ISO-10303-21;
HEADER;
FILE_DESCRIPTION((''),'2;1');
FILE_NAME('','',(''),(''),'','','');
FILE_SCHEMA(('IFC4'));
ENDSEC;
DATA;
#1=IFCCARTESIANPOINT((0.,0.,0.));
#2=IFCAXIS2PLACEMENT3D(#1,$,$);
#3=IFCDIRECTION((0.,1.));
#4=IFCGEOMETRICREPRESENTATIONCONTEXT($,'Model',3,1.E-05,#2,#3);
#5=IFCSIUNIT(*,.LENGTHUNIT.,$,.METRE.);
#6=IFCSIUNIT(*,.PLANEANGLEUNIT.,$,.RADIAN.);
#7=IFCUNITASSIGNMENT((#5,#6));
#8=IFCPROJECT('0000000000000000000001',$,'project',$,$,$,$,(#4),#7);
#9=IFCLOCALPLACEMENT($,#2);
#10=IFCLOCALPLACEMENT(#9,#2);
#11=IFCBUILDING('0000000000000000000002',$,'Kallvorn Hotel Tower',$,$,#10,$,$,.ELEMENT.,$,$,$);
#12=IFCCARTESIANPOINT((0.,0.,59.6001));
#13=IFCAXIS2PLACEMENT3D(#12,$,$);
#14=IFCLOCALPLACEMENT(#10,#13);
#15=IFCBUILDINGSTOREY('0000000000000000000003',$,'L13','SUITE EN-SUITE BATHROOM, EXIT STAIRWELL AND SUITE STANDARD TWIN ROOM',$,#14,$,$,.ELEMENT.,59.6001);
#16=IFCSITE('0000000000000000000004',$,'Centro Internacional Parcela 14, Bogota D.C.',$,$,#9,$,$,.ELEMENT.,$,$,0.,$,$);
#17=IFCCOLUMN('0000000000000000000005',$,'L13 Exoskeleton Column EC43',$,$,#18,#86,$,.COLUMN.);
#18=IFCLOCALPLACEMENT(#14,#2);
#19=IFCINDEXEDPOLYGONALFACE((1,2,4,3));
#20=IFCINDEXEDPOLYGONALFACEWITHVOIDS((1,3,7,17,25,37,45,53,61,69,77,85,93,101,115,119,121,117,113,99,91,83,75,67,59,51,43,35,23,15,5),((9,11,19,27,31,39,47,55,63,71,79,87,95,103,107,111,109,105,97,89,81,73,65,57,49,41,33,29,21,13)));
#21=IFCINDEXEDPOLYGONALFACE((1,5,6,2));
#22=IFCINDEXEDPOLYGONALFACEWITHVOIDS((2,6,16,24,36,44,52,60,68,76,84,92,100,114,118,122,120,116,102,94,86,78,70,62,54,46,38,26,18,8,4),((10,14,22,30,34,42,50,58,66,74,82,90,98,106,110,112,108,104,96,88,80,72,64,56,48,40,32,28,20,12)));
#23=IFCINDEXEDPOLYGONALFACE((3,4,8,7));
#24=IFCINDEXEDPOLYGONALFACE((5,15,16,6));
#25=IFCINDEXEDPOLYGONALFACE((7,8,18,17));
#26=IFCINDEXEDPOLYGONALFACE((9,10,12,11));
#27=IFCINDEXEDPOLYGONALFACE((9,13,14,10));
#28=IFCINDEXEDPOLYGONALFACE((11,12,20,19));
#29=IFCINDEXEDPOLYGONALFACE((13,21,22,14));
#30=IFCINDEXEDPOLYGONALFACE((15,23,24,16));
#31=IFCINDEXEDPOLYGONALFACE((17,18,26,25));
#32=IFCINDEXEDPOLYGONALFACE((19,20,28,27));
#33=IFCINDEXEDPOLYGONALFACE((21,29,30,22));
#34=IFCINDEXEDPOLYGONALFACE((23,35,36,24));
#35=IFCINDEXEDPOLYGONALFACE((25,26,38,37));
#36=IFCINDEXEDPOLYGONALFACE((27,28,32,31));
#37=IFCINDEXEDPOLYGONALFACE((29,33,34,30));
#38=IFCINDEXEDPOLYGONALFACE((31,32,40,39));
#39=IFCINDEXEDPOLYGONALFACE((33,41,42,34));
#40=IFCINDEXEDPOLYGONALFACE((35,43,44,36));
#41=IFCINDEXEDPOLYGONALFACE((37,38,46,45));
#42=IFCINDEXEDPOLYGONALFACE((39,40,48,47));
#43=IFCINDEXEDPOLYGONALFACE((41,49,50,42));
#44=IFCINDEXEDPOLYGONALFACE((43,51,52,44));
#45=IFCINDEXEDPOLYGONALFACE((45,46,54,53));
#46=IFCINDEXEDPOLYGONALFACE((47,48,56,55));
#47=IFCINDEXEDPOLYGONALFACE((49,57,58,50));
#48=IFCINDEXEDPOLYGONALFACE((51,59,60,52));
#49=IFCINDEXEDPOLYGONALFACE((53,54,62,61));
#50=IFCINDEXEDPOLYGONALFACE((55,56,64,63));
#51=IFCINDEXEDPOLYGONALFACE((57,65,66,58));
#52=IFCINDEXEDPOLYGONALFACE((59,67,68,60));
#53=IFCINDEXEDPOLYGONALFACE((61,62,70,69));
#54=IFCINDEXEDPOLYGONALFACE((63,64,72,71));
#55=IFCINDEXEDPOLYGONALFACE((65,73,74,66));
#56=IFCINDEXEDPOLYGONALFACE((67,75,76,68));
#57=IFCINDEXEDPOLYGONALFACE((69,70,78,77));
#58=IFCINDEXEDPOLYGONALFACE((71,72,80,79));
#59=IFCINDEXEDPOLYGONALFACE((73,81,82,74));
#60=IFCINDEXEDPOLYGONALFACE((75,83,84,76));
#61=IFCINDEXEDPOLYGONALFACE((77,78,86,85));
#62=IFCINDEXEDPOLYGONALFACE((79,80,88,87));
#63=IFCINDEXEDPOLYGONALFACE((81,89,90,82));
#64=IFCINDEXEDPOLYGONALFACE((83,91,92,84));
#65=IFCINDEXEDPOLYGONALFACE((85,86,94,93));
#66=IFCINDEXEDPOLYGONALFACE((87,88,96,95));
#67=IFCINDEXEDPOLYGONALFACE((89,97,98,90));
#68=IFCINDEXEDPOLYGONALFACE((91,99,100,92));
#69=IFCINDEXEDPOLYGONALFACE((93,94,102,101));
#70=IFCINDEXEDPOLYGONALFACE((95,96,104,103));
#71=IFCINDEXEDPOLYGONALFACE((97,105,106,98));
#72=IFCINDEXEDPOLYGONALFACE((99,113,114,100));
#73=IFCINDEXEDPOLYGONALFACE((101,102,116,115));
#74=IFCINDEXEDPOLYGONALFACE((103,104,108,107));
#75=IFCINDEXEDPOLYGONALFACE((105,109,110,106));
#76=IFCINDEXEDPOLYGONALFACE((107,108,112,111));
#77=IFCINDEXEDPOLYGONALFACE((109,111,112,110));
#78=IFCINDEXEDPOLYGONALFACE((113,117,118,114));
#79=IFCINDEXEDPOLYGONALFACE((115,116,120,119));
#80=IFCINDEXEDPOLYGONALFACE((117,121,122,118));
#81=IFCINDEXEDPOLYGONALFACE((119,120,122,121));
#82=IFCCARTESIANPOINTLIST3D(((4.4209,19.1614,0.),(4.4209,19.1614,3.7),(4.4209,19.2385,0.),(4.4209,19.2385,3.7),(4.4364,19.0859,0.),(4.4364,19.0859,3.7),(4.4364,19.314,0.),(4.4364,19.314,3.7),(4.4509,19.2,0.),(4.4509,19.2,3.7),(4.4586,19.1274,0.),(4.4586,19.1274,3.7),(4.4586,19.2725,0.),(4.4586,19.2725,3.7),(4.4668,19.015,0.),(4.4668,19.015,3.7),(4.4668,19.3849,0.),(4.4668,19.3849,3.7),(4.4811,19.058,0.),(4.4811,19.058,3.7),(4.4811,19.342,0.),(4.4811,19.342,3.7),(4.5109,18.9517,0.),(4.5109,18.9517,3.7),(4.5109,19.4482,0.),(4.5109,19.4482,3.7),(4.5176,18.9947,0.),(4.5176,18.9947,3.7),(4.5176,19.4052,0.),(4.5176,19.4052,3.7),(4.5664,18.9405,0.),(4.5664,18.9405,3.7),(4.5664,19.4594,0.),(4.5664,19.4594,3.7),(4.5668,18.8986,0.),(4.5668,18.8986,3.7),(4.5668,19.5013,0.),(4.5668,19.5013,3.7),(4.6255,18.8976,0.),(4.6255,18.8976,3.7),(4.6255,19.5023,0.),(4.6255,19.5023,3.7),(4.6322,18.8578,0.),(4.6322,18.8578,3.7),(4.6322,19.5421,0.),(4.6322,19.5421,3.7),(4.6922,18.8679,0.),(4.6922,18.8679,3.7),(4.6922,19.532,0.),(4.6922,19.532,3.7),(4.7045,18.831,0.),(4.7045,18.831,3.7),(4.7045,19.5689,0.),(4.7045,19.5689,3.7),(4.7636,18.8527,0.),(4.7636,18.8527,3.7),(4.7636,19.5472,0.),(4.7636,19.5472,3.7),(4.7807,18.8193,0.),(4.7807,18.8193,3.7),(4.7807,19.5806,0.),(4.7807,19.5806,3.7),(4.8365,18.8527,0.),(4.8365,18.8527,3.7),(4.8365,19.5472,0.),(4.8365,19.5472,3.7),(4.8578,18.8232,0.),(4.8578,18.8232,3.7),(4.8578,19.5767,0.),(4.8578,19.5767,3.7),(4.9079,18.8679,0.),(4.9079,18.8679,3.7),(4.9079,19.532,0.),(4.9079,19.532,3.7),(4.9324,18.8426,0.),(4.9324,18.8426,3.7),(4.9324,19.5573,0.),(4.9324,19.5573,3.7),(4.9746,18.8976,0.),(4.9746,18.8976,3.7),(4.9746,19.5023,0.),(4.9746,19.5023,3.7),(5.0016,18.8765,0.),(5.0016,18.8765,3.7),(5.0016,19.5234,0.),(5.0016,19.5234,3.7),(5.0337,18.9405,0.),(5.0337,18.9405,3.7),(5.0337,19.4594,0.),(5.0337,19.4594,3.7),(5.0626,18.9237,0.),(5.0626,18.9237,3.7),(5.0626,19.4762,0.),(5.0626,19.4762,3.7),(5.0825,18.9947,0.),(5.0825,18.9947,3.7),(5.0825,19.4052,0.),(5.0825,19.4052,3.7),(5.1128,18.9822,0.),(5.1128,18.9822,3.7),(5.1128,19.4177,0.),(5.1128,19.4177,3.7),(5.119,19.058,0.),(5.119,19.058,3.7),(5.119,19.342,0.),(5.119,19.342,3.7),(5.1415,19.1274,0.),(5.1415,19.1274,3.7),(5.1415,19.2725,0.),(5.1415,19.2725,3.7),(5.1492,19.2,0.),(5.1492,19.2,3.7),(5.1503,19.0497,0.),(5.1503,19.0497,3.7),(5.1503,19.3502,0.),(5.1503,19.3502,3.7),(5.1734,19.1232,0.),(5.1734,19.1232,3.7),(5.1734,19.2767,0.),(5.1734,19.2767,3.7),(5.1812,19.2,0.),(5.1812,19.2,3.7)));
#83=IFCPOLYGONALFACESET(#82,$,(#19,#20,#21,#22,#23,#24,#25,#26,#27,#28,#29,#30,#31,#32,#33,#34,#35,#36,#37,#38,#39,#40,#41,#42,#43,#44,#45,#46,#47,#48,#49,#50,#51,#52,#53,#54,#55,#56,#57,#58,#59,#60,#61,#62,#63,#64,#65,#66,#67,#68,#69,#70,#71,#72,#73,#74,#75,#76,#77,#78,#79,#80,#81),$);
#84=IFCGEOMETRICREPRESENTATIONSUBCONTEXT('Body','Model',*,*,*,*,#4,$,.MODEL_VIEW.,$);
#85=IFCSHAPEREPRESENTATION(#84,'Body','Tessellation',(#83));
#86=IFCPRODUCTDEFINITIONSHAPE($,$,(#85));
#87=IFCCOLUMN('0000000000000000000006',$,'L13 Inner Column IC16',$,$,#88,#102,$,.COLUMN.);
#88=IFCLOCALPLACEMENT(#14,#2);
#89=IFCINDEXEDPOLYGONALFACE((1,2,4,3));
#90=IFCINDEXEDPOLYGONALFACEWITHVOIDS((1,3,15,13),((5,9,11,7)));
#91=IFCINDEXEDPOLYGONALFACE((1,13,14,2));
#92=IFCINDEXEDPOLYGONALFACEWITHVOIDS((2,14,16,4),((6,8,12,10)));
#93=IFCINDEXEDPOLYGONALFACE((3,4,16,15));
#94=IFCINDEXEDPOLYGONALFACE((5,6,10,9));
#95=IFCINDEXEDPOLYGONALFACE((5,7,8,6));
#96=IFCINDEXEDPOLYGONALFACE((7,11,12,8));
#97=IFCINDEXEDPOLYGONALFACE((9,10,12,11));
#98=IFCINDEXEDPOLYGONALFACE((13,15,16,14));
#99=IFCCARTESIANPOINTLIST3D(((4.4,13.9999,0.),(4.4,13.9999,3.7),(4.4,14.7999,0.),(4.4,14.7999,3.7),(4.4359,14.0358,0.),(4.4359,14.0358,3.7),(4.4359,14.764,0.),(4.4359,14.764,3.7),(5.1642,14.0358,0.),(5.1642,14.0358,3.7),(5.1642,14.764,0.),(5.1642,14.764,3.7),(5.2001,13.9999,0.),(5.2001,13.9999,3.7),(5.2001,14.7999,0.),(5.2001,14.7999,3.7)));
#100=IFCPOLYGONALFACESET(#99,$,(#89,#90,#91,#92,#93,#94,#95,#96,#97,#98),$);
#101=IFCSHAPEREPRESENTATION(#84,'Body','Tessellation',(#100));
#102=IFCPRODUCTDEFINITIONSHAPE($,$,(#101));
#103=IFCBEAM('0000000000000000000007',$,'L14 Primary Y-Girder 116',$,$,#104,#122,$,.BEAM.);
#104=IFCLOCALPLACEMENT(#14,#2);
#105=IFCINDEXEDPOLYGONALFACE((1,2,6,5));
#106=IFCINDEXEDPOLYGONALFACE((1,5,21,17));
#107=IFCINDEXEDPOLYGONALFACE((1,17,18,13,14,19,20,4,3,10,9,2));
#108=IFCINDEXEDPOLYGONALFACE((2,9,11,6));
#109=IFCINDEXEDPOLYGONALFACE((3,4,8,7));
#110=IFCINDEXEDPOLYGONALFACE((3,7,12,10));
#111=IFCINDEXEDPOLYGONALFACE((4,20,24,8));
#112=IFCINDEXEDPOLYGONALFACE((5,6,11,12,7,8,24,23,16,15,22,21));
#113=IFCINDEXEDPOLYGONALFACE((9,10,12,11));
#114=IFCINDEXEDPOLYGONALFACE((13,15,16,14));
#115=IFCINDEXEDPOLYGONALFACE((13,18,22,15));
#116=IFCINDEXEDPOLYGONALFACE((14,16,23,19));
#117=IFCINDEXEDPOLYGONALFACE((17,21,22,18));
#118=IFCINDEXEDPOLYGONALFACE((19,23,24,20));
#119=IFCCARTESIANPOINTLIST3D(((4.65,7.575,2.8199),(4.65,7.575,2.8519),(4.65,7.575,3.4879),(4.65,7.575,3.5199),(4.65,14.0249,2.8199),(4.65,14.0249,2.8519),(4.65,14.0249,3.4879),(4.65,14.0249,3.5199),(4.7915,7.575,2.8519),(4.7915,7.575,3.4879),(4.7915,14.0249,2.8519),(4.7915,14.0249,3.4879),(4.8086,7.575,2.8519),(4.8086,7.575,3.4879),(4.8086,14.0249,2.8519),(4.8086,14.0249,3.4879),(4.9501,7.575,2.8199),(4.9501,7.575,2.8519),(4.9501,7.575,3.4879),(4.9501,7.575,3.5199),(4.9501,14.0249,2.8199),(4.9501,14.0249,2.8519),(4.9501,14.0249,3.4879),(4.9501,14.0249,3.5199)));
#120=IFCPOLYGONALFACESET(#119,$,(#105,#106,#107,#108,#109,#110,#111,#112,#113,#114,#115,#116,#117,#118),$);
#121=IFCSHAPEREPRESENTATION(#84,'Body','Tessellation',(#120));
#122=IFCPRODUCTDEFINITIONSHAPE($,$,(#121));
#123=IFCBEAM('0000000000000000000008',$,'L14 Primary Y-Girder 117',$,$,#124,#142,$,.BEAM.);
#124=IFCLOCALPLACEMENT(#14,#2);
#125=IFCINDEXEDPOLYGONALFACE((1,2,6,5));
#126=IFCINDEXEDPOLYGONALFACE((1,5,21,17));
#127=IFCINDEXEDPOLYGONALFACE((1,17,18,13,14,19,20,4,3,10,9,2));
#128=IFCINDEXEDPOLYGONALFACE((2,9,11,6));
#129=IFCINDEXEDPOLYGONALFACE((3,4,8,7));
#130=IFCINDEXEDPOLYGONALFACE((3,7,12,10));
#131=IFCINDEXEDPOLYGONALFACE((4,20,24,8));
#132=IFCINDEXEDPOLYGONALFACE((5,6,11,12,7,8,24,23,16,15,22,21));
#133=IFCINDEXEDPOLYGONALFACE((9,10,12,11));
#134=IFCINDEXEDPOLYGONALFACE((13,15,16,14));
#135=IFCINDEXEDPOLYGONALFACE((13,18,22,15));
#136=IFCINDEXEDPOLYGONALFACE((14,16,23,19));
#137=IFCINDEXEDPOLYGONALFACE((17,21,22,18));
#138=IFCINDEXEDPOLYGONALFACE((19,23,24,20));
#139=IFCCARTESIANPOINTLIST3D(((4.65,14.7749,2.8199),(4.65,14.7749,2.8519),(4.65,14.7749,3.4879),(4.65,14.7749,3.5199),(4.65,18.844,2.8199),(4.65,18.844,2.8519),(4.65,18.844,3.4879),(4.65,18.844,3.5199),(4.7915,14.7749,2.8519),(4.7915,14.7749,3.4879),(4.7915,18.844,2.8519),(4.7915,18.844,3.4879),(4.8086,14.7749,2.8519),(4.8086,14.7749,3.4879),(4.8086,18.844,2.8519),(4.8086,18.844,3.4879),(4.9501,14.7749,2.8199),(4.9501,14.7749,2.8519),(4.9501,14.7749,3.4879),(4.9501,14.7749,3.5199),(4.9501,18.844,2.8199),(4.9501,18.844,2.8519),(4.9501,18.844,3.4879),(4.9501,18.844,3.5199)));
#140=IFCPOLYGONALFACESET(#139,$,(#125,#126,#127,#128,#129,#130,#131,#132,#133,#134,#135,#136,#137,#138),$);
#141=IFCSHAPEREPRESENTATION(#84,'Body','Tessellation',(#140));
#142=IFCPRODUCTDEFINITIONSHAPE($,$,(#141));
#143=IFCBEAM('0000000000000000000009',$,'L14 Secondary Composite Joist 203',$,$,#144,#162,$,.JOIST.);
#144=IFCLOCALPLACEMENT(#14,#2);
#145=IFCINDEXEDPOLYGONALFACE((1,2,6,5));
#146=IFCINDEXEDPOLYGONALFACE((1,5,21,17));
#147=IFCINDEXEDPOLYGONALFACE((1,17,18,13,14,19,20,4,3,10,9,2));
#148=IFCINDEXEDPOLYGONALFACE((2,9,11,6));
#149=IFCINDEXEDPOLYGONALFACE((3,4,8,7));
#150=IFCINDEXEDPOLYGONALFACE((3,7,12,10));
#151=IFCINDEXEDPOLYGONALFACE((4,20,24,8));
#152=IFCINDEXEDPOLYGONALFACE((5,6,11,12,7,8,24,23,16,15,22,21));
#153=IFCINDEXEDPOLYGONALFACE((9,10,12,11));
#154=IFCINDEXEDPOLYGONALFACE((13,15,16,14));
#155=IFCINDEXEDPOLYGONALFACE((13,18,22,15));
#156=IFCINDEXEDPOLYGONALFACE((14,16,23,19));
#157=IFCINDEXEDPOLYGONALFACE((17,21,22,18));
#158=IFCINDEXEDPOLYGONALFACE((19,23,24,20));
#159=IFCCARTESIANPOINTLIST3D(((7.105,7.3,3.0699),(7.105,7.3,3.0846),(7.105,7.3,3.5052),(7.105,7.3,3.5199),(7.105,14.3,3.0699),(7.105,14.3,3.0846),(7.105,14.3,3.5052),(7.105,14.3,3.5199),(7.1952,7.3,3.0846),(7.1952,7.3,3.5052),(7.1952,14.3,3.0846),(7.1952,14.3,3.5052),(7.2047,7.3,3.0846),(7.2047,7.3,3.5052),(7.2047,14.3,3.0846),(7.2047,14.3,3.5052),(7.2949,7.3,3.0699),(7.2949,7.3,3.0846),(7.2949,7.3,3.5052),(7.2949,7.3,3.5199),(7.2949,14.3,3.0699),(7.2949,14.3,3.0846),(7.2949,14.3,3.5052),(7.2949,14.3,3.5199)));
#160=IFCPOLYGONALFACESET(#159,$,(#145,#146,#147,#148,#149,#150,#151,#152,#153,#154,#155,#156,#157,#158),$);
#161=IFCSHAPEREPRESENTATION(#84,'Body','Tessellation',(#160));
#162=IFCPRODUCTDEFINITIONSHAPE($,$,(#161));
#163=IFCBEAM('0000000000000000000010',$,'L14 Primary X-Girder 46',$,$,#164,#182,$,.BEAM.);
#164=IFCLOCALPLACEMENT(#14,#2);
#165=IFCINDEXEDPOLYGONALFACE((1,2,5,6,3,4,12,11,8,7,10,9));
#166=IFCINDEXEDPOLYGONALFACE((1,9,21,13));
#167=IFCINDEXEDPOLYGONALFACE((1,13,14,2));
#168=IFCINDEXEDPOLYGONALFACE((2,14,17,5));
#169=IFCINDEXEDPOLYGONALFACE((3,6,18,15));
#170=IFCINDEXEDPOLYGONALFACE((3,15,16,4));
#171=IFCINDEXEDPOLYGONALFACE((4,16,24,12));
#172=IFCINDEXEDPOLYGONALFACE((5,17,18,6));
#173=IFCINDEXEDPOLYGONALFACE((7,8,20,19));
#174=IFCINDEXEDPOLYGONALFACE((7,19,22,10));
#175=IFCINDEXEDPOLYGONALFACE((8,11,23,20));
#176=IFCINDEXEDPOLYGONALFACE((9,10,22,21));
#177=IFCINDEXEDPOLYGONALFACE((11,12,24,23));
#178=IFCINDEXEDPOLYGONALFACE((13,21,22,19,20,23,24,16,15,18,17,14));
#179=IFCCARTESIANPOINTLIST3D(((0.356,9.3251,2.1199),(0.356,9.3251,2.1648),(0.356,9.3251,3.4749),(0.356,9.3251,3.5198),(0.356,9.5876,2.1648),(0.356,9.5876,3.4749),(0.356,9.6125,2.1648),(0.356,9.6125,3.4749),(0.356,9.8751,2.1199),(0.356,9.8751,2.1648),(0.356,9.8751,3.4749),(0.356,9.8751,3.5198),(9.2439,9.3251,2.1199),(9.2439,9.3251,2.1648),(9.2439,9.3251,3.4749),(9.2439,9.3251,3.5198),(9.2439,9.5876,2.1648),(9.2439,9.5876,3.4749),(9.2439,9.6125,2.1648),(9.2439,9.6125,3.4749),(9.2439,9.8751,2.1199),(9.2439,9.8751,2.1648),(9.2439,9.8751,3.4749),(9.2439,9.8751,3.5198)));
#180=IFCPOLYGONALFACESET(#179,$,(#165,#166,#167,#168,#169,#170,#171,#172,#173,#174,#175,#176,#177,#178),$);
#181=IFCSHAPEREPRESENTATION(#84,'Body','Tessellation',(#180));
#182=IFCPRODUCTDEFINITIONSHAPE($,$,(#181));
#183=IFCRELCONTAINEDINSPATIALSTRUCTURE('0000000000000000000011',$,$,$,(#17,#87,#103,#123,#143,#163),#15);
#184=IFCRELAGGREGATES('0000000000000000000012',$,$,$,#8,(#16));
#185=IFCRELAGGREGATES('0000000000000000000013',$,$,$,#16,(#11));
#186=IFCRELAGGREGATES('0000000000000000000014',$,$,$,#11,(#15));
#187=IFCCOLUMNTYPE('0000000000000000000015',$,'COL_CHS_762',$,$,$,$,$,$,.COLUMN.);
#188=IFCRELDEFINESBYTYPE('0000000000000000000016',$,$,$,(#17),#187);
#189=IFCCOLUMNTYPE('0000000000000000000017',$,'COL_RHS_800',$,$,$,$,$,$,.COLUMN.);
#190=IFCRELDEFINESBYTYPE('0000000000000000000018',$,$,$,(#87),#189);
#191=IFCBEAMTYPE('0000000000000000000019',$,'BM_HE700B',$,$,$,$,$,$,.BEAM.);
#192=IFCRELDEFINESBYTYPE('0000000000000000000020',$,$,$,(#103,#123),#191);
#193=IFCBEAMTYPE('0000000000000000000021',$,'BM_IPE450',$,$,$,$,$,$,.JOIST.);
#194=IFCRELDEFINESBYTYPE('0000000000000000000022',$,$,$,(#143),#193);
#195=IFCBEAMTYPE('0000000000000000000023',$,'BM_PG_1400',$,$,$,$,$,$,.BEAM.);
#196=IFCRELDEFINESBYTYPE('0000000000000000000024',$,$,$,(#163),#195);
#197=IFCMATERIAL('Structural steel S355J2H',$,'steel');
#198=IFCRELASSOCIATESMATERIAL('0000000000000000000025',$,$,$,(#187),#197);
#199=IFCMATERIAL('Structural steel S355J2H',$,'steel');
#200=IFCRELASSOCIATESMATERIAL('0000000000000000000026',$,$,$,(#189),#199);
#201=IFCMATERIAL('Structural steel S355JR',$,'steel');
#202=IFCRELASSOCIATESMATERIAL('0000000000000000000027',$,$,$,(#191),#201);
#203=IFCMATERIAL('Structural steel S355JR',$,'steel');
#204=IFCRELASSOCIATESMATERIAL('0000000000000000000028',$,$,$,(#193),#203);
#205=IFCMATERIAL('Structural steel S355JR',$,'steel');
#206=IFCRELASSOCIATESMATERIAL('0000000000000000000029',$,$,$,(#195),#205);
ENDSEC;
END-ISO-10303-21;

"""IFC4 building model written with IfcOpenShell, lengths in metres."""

from ifc_helpers import new_model, si_unit, direction, frame, origin, origin_2d, place, context, subcontext, project, spatial, hollow_rectangle, hollow_circle, i_section, extrude, material, material_profile, profile_set, type_object, element, save


model = new_model("IFC4")

# Units and contexts
model_context = context("Model", 3, precision=1e-05, world=origin(), true_north=direction((0.0, 1.0)))
body_context = subcontext(model_context, "Body", "Model", "MODEL_VIEW")
ifc_project = project(units=[si_unit("LENGTHUNIT", "METRE"), si_unit("PLANEANGLEUNIT", "RADIAN")], contexts=[model_context])

# Site, building, storey
site_placement = place(None, origin())
site = spatial("IfcSite", under=ifc_project, at=site_placement, Name="Centro Internacional Parcela 14, Bogota D.C.", CompositionType="ELEMENT", RefElevation=0.0)
building_placement = place(site_placement, origin())
building = spatial("IfcBuilding", under=site, at=building_placement, Name="Kallvorn Hotel Tower", CompositionType="ELEMENT")
storey_placement = place(building_placement, frame((0.0, 0.0, 59.6001)))
storey = spatial("IfcBuildingStorey", under=building, at=storey_placement, Name="L13", Description="SUITE EN-SUITE BATHROOM, EXIT STAIRWELL AND SUITE STANDARD TWIN ROOM", CompositionType="ELEMENT", Elevation=59.6001)

# Columns
ifc_material_1 = material(Name="Structural steel S355J2H", Category="steel")
ifc_material_profile_1 = material_profile(ifc_material_1, hollow_circle(Radius=0.3811, WallThickness=0.032, at=origin_2d()), Name="CHS 762x32")
ifc_profile_set_1 = profile_set([ifc_material_profile_1], Name="Structural steel S355J2H")
column_type_1 = type_object("IfcColumnType", Name="COL_CHS_762", PredefinedType="COLUMN", material=ifc_profile_set_1)
column_1_placement = place(storey_placement, frame((4.8, 19.2, 0.0), z_axis=(0.0, 0.0, 1.0), x_axis=(1.0, 0.0, 0.0)))
element("IfcColumn", 1, at=column_1_placement, inside=storey, type_object=column_type_1, Name="L13 Exoskeleton Column EC43", PredefinedType="COLUMN", context=body_context, shape_type="SweptSolid", body=[
    extrude(hollow_circle(Radius=0.3811, WallThickness=0.032, at=origin_2d()), origin(), (0.0, 0.0, 1.0), 3.7),
])
ifc_material_2 = material(Name="Structural steel S355J2H", Category="steel")
ifc_material_profile_2 = material_profile(ifc_material_2, hollow_rectangle(XDim=0.8, YDim=0.8, WallThickness=0.0359, at=origin_2d()), Name="RHS 800x800x36")
ifc_profile_set_2 = profile_set([ifc_material_profile_2], Name="Structural steel S355J2H")
column_type_2 = type_object("IfcColumnType", Name="COL_RHS_800", PredefinedType="COLUMN", material=ifc_profile_set_2)
column_2_placement = place(storey_placement, frame((4.8, 14.3999, 0.0), z_axis=(0.0, 0.0, 1.0), x_axis=(1.0, 0.0, 0.0)))
element("IfcColumn", 2, at=column_2_placement, inside=storey, type_object=column_type_2, Name="L13 Inner Column IC16", PredefinedType="COLUMN", context=body_context, shape_type="SweptSolid", body=[
    extrude(hollow_rectangle(XDim=0.8, YDim=0.8, WallThickness=0.0359, at=origin_2d()), origin(), (0.0, 0.0, 1.0), 3.7),
])

# Beams
ifc_material_3 = material(Name="Structural steel S355JR", Category="steel")
ifc_material_profile_3 = material_profile(ifc_material_3, i_section(OverallWidth=0.3, OverallDepth=0.7, WebThickness=0.0171, FlangeThickness=0.032, at=origin_2d()), Name="HE 700 B")
ifc_profile_set_3 = profile_set([ifc_material_profile_3], Name="Structural steel S355JR")
beam_type_1 = type_object("IfcBeamType", Name="BM_HE700B", PredefinedType="BEAM", material=ifc_profile_set_3)
beam_1_placement = place(storey_placement, frame((4.8, 7.575, 3.1699), z_axis=(0.0, 1.0, 0.0), x_axis=(-1.0, 0.0, 0.0)))
element("IfcBeam", 3, at=beam_1_placement, inside=storey, type_object=beam_type_1, Name="L14 Primary Y-Girder 116", PredefinedType="BEAM", context=body_context, shape_type="SweptSolid", body=[
    extrude(i_section(OverallWidth=0.3, OverallDepth=0.7, WebThickness=0.0171, FlangeThickness=0.032, at=origin_2d()), origin(), (0.0, 0.0, 1.0), 6.45),
])
beam_2_placement = place(storey_placement, frame((4.8, 14.7749, 3.1699), z_axis=(0.0, 1.0, 0.0), x_axis=(-1.0, 0.0, 0.0)))
element("IfcBeam", 4, at=beam_2_placement, inside=storey, type_object=beam_type_1, Name="L14 Primary Y-Girder 117", PredefinedType="BEAM", context=body_context, shape_type="SweptSolid", body=[
    extrude(i_section(OverallWidth=0.3, OverallDepth=0.7, WebThickness=0.0171, FlangeThickness=0.032, at=origin_2d()), origin(), (0.0, 0.0, 1.0), 4.0691),
])
ifc_material_4 = material(Name="Structural steel S355JR", Category="steel")
ifc_material_profile_4 = material_profile(ifc_material_4, i_section(OverallWidth=0.1899, OverallDepth=0.45, WebThickness=0.0095, FlangeThickness=0.0146, at=origin_2d()), Name="IPE 450")
ifc_profile_set_4 = profile_set([ifc_material_profile_4], Name="Structural steel S355JR")
beam_type_2 = type_object("IfcBeamType", Name="BM_IPE450", PredefinedType="JOIST", material=ifc_profile_set_4)
beam_3_placement = place(storey_placement, frame((7.2, 7.3, 3.2949), z_axis=(0.0, 1.0, 0.0), x_axis=(-1.0, 0.0, 0.0)))
element("IfcBeam", 5, at=beam_3_placement, inside=storey, type_object=beam_type_2, Name="L14 Secondary Composite Joist 203", PredefinedType="JOIST", context=body_context, shape_type="SweptSolid", body=[
    extrude(i_section(OverallWidth=0.1899, OverallDepth=0.45, WebThickness=0.0095, FlangeThickness=0.0146, at=origin_2d()), origin(), (0.0, 0.0, 1.0), 7.0),
])
ifc_material_5 = material(Name="Structural steel S355JR", Category="steel")
ifc_material_profile_5 = material_profile(ifc_material_5, i_section(OverallWidth=0.55, OverallDepth=1.3999, WebThickness=0.0249, FlangeThickness=0.0449, at=origin_2d()), Name="PG 1400x550x25x45")
ifc_profile_set_5 = profile_set([ifc_material_profile_5], Name="Structural steel S355JR")
beam_type_3 = type_object("IfcBeamType", Name="BM_PG_1400", PredefinedType="BEAM", material=ifc_profile_set_5)
beam_4_placement = place(storey_placement, frame((0.356, 9.6001, 2.8198), z_axis=(1.0, 0.0, 0.0), x_axis=(0.0, 1.0, 0.0)))
element("IfcBeam", 6, at=beam_4_placement, inside=storey, type_object=beam_type_3, Name="L14 Primary X-Girder 46", PredefinedType="BEAM", context=body_context, shape_type="SweptSolid", body=[
    extrude(i_section(OverallWidth=0.55, OverallDepth=1.3999, WebThickness=0.0249, FlangeThickness=0.0449, at=origin_2d()), origin(), (0.0, 0.0, 1.0), 8.8879),
])

save(model, "model.ifc")
